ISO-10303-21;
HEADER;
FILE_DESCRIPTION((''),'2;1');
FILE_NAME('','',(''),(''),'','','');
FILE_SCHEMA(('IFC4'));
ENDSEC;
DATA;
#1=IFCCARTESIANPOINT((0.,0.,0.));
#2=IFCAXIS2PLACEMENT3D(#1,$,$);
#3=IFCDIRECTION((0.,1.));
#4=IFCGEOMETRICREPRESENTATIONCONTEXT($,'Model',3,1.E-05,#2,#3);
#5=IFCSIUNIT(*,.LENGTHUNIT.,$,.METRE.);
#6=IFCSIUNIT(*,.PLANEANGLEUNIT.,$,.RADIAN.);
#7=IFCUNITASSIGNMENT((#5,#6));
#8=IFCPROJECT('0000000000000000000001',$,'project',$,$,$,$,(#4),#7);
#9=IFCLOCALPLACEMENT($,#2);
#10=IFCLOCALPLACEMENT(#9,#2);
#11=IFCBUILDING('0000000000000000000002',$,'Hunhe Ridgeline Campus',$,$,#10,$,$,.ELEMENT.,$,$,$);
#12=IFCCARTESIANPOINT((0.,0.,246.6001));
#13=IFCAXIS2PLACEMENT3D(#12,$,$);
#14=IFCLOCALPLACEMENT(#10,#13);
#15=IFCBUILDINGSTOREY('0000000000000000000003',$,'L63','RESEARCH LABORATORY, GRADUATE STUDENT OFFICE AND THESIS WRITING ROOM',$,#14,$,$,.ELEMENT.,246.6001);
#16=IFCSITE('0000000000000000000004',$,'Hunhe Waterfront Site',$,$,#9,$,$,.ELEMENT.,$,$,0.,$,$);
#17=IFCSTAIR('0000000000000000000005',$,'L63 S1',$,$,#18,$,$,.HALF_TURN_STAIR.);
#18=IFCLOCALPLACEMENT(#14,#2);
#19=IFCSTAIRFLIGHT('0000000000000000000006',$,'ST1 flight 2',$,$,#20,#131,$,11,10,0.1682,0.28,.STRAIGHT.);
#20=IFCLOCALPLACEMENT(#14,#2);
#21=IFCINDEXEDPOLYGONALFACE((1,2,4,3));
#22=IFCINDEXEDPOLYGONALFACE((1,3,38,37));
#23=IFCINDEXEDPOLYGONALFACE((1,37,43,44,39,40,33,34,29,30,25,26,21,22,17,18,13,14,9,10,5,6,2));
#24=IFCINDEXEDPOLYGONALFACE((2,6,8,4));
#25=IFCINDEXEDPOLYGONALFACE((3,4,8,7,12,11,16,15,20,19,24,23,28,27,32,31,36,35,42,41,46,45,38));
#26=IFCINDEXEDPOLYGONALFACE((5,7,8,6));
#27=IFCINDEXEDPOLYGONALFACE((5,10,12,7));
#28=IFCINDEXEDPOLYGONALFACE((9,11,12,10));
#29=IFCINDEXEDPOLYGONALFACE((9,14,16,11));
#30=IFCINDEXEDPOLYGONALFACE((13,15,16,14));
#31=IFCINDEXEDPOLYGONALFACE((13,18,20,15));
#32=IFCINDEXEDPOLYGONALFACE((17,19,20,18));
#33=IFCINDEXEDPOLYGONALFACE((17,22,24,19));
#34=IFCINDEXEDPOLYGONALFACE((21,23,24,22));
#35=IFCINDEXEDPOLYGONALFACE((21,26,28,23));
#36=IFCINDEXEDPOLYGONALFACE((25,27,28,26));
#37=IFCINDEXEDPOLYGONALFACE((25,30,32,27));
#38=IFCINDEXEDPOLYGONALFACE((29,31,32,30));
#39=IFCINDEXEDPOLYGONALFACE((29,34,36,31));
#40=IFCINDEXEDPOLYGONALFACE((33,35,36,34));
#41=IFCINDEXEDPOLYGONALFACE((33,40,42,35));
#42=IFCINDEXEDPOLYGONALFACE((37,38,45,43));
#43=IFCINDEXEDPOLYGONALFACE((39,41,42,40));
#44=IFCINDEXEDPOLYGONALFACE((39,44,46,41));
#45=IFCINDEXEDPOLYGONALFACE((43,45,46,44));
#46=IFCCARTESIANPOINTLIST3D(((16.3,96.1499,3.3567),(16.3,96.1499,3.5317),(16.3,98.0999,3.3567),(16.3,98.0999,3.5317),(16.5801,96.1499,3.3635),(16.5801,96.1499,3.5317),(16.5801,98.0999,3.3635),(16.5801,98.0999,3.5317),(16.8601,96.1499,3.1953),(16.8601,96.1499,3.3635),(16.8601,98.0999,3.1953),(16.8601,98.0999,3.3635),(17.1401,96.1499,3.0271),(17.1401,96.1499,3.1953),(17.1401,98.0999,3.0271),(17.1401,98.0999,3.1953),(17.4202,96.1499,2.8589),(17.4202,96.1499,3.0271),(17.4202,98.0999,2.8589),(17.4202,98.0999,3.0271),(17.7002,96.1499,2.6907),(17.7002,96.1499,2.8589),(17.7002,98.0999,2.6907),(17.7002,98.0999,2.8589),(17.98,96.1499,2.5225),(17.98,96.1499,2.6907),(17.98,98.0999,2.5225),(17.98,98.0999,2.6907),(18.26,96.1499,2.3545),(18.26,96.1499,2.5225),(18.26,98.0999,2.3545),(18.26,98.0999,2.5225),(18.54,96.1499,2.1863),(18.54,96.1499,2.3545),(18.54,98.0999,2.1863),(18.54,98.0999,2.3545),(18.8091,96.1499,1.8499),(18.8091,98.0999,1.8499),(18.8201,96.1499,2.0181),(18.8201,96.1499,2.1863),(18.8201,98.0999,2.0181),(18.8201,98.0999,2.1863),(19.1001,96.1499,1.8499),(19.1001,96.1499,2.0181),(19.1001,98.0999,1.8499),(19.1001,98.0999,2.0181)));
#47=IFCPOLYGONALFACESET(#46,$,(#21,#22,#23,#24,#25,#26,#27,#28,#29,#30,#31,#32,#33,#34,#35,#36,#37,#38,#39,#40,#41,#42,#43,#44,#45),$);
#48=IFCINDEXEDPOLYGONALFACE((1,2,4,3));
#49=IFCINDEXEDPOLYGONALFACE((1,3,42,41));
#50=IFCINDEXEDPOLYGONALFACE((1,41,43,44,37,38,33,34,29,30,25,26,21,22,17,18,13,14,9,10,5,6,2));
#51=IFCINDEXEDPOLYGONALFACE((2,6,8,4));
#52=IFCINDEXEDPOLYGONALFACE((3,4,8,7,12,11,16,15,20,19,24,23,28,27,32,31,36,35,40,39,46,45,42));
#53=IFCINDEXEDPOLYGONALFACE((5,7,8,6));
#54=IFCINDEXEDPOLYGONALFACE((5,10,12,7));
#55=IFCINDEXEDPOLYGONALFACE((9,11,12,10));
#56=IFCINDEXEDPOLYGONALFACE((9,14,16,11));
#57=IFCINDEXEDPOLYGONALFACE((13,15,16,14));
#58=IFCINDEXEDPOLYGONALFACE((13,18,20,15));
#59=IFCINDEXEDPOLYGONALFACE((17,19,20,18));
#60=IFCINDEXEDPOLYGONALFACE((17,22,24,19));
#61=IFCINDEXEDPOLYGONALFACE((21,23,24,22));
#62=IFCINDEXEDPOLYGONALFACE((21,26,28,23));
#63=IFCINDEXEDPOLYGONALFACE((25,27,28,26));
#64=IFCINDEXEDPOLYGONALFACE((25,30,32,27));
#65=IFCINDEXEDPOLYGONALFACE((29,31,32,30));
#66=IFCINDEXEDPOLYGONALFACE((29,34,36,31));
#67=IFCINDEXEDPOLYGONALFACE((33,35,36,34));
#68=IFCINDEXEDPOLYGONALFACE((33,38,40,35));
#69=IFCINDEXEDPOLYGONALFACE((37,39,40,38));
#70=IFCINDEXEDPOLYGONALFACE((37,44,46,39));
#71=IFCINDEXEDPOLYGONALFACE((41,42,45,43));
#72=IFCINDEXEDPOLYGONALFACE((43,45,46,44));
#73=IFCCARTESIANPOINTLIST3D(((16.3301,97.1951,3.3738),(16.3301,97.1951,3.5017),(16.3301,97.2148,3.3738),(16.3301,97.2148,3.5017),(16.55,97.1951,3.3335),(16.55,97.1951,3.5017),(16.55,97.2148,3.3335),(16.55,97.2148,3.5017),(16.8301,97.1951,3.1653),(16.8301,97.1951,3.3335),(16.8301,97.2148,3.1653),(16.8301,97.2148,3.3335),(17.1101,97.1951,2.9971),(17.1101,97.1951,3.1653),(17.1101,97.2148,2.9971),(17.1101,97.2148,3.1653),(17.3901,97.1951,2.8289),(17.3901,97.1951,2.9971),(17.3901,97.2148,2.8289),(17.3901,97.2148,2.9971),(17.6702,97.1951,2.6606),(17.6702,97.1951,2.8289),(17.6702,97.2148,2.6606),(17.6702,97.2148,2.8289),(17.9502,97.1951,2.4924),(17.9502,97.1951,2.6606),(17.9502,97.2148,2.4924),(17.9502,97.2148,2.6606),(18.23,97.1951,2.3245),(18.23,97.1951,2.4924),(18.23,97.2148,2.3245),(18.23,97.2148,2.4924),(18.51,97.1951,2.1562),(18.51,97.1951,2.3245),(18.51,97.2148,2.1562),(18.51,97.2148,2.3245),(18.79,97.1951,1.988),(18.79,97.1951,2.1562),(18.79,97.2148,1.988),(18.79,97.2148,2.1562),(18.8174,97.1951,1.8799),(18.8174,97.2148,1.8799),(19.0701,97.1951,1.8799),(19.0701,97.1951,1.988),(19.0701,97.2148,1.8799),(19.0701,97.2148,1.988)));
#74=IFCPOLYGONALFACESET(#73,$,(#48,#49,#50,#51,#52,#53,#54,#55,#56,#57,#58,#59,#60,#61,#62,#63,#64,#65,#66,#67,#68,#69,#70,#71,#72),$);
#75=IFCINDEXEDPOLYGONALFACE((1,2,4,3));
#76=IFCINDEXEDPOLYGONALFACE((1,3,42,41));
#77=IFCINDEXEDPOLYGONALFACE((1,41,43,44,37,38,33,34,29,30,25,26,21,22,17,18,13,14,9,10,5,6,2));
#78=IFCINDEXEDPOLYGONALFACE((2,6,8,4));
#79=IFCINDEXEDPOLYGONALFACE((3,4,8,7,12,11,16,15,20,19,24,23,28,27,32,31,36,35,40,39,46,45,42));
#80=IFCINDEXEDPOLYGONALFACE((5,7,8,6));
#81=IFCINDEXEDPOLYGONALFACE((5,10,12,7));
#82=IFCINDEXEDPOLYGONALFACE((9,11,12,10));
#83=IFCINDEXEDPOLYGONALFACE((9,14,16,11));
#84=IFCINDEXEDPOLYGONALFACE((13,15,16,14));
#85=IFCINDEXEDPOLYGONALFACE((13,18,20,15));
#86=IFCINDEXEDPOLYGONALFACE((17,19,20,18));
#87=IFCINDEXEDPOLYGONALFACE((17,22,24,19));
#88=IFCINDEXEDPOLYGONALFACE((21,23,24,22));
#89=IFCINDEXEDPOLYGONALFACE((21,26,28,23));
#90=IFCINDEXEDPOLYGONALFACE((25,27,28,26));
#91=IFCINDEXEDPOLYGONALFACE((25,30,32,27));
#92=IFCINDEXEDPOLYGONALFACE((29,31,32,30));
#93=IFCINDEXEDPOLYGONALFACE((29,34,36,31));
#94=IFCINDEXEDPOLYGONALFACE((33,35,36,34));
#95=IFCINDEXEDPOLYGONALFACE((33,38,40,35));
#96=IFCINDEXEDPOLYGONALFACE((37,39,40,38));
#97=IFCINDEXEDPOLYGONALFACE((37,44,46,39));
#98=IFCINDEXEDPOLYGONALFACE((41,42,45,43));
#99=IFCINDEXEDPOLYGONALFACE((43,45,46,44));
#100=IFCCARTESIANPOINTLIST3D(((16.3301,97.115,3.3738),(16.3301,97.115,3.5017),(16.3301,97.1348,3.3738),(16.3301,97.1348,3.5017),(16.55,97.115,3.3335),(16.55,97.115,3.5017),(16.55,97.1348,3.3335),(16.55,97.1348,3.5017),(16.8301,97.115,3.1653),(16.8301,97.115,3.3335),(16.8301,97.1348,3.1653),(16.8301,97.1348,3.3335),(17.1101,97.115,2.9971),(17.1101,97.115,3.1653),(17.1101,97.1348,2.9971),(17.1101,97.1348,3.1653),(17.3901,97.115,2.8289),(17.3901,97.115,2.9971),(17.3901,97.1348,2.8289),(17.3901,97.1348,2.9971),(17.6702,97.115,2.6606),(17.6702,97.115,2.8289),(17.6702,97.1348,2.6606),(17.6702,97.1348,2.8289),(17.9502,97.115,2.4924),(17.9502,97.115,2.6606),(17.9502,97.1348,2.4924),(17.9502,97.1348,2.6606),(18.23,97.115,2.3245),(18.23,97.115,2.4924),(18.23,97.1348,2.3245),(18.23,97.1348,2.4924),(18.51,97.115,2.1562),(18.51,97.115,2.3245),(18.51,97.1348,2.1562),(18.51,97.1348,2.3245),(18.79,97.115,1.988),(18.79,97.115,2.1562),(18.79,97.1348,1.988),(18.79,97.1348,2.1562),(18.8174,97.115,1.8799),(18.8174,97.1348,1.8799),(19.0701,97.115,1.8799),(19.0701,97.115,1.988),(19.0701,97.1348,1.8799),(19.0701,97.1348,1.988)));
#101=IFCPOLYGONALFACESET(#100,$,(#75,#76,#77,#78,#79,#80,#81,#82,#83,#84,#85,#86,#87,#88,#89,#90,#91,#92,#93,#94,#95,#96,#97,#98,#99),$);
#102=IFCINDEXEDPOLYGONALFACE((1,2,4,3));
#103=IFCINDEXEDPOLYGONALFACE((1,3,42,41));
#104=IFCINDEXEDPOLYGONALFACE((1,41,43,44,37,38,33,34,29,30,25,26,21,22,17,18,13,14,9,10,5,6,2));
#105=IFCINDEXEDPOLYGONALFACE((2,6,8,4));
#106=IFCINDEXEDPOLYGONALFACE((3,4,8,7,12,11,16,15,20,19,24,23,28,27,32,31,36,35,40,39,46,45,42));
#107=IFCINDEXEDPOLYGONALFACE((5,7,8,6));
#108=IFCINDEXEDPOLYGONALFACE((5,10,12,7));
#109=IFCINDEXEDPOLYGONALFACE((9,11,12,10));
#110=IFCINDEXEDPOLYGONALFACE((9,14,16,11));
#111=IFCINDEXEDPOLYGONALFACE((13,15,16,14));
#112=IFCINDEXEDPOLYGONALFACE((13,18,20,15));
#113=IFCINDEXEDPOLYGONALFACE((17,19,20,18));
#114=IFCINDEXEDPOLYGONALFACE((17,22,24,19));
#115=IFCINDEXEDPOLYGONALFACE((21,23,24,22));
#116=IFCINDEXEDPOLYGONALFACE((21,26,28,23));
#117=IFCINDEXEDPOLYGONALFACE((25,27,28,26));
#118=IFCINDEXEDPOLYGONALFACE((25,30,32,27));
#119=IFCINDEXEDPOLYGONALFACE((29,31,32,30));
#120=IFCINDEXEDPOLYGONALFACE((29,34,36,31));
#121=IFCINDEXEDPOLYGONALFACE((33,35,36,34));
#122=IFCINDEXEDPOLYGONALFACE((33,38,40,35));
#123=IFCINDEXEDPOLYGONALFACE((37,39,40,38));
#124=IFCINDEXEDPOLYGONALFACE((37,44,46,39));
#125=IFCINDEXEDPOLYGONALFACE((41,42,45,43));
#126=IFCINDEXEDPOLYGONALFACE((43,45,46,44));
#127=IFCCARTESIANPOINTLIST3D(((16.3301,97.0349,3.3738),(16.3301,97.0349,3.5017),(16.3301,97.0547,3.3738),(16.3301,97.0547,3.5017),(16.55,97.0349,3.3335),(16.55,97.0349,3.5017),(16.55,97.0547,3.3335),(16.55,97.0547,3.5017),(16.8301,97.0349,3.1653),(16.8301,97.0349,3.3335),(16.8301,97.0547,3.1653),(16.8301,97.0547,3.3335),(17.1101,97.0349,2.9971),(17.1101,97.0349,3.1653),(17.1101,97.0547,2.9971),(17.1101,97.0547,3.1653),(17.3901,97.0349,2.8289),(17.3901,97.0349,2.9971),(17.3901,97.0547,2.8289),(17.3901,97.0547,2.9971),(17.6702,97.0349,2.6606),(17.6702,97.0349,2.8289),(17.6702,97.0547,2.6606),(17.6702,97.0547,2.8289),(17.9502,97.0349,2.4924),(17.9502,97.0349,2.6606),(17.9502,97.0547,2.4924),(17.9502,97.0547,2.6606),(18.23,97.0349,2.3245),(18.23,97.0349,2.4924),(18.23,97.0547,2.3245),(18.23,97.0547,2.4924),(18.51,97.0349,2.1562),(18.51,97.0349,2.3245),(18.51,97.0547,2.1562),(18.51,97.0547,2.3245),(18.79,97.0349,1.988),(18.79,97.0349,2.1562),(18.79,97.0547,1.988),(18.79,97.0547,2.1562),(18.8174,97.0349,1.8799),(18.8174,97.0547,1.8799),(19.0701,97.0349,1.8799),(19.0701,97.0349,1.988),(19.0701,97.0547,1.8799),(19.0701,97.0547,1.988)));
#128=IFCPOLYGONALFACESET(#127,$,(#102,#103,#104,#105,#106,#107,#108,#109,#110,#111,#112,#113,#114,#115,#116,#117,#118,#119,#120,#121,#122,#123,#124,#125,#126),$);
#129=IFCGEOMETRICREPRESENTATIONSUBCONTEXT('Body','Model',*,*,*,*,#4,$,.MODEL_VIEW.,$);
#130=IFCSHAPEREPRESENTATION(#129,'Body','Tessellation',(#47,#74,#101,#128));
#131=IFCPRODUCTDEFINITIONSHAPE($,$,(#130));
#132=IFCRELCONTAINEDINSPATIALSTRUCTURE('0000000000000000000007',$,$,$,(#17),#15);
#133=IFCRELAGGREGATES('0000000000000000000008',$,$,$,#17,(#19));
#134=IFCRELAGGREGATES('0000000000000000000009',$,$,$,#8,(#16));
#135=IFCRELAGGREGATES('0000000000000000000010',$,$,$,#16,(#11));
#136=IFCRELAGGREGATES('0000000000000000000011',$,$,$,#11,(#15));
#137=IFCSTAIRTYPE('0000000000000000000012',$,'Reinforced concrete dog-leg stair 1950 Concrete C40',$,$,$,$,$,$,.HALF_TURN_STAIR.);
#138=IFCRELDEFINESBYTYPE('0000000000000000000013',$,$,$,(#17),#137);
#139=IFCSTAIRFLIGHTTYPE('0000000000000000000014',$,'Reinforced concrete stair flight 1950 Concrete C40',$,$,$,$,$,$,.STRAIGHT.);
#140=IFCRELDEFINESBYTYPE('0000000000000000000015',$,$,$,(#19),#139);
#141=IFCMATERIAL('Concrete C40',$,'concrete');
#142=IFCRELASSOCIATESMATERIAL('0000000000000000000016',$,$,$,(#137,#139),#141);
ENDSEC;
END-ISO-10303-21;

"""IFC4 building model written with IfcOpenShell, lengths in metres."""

from ifc_helpers import new_model, si_unit, direction, frame, origin, place, context, subcontext, project, spatial, polyline, outline, extrude, material, type_object, element, aggregate, save


model = new_model("IFC4")

# Units and contexts
model_context = context("Model", 3, precision=1e-05, world=origin(), true_north=direction((0.0, 1.0)))
body_context = subcontext(model_context, "Body", "Model", "MODEL_VIEW")
ifc_project = project(units=[si_unit("LENGTHUNIT", "METRE"), si_unit("PLANEANGLEUNIT", "RADIAN")], contexts=[model_context])

# Site, building, storey
site_placement = place(None, origin())
site = spatial("IfcSite", under=ifc_project, at=site_placement, Name="Hunhe Waterfront Site", CompositionType="ELEMENT", RefElevation=0.0)
building_placement = place(site_placement, origin())
building = spatial("IfcBuilding", under=site, at=building_placement, Name="Hunhe Ridgeline Campus", CompositionType="ELEMENT")
storey_placement = place(building_placement, frame((0.0, 0.0, 246.6001)))
storey = spatial("IfcBuildingStorey", under=building, at=storey_placement, Name="L63", Description="RESEARCH LABORATORY, GRADUATE STUDENT OFFICE AND THESIS WRITING ROOM", CompositionType="ELEMENT", Elevation=246.6001)

# Stair, stair flight
ifc_material_1 = material(Name="Concrete C40", Category="concrete")
stair_type = type_object("IfcStairType", Name="Reinforced concrete dog-leg stair 1950 Concrete C40", PredefinedType="HALF_TURN_STAIR", material=ifc_material_1)
stair_placement = place(storey_placement, origin())
stair = element("IfcStair", 1, at=stair_placement, inside=storey, type_object=stair_type, Name="L63 S1", PredefinedType="HALF_TURN_STAIR")
stair_flight_type = type_object("IfcStairFlightType", Name="Reinforced concrete stair flight 1950 Concrete C40", PredefinedType="STRAIGHT", material=ifc_material_1)
stair_flight_1_placement = place(storey_placement, frame((19.1001, 97.125, 1.8499), z_axis=(0.0, 0.0, 1.0), x_axis=(-1.0, 0.0, 0.0)))
stair_flight_1 = element("IfcStairFlight", 2, at=stair_flight_1_placement, type_object=stair_flight_type, Name="ST1 flight 2", NumberOfRisers=11, NumberOfTreads=10, PredefinedType="STRAIGHT", RiserHeight=0.1682, TreadLength=0.28, context=body_context, shape_type="SweptSolid", body=[
    extrude(outline(polyline([(0.0, 0.0), (0.0, 0.1682), (0.28, 0.1682), (0.28, 0.3364), (0.5601, 0.3364), (0.5601, 0.5046), (0.8401, 0.5046), (0.8401, 0.6726), (1.1201, 0.6726), (1.1201, 0.8408), (1.3999, 0.8408), (1.3999, 1.009), (1.6799, 1.009), (1.6799, 1.1772), (1.96, 1.1772), (1.96, 1.3455), (2.24, 1.3455), (2.24, 1.5137), (2.52, 1.5137), (2.52, 1.6819), (2.8, 1.6819), (2.8, 1.8501), (2.8, 1.5068), (0.291, 0.0), (0.0, 0.0)])), frame((0.0, 0.9751, 0.0), z_axis=(0.0, -1.0, 0.0), x_axis=(1.0, 0.0, 0.0)), (0.0, 0.0, 1.0), 1.95),
    extrude(outline(polyline([(0.03, 0.03), (0.03, 0.1382), (0.3101, 0.1382), (0.3101, 0.3064), (0.5901, 0.3064), (0.5901, 0.4746), (0.8701, 0.4746), (0.8701, 0.6426), (1.1499, 0.6426), (1.1499, 0.8108), (1.4299, 0.8108), (1.4299, 0.979), (1.71, 0.979), (1.71, 1.1472), (1.99, 1.1472), (1.99, 1.3154), (2.27, 1.3154), (2.27, 1.4836), (2.55, 1.4836), (2.55, 1.6519), (2.77, 1.6519), (2.77, 1.5239), (0.2827, 0.03), (0.03, 0.03)])), frame((0.0, -0.0701, 0.0), z_axis=(0.0, -1.0, 0.0), x_axis=(1.0, 0.0, 0.0)), (0.0, 0.0, 1.0), 0.0198),
    extrude(outline(polyline([(0.03, 0.03), (0.03, 0.1382), (0.3101, 0.1382), (0.3101, 0.3064), (0.5901, 0.3064), (0.5901, 0.4746), (0.8701, 0.4746), (0.8701, 0.6426), (1.1499, 0.6426), (1.1499, 0.8108), (1.4299, 0.8108), (1.4299, 0.979), (1.71, 0.979), (1.71, 1.1472), (1.99, 1.1472), (1.99, 1.3154), (2.27, 1.3154), (2.27, 1.4836), (2.55, 1.4836), (2.55, 1.6519), (2.77, 1.6519), (2.77, 1.5239), (0.2827, 0.03), (0.03, 0.03)])), frame((0.0, 0.01, 0.0), z_axis=(0.0, -1.0, 0.0), x_axis=(1.0, 0.0, 0.0)), (0.0, 0.0, 1.0), 0.0198),
    extrude(outline(polyline([(0.03, 0.03), (0.03, 0.1382), (0.3101, 0.1382), (0.3101, 0.3064), (0.5901, 0.3064), (0.5901, 0.4746), (0.8701, 0.4746), (0.8701, 0.6426), (1.1499, 0.6426), (1.1499, 0.8108), (1.4299, 0.8108), (1.4299, 0.979), (1.71, 0.979), (1.71, 1.1472), (1.99, 1.1472), (1.99, 1.3154), (2.27, 1.3154), (2.27, 1.4836), (2.55, 1.4836), (2.55, 1.6519), (2.77, 1.6519), (2.77, 1.5239), (0.2827, 0.03), (0.03, 0.03)])), frame((0.0, 0.0901, 0.0), z_axis=(0.0, -1.0, 0.0), x_axis=(1.0, 0.0, 0.0)), (0.0, 0.0, 1.0), 0.0198),
])
aggregate(stair, [stair_flight_1])

save(model, "model.ifc")
